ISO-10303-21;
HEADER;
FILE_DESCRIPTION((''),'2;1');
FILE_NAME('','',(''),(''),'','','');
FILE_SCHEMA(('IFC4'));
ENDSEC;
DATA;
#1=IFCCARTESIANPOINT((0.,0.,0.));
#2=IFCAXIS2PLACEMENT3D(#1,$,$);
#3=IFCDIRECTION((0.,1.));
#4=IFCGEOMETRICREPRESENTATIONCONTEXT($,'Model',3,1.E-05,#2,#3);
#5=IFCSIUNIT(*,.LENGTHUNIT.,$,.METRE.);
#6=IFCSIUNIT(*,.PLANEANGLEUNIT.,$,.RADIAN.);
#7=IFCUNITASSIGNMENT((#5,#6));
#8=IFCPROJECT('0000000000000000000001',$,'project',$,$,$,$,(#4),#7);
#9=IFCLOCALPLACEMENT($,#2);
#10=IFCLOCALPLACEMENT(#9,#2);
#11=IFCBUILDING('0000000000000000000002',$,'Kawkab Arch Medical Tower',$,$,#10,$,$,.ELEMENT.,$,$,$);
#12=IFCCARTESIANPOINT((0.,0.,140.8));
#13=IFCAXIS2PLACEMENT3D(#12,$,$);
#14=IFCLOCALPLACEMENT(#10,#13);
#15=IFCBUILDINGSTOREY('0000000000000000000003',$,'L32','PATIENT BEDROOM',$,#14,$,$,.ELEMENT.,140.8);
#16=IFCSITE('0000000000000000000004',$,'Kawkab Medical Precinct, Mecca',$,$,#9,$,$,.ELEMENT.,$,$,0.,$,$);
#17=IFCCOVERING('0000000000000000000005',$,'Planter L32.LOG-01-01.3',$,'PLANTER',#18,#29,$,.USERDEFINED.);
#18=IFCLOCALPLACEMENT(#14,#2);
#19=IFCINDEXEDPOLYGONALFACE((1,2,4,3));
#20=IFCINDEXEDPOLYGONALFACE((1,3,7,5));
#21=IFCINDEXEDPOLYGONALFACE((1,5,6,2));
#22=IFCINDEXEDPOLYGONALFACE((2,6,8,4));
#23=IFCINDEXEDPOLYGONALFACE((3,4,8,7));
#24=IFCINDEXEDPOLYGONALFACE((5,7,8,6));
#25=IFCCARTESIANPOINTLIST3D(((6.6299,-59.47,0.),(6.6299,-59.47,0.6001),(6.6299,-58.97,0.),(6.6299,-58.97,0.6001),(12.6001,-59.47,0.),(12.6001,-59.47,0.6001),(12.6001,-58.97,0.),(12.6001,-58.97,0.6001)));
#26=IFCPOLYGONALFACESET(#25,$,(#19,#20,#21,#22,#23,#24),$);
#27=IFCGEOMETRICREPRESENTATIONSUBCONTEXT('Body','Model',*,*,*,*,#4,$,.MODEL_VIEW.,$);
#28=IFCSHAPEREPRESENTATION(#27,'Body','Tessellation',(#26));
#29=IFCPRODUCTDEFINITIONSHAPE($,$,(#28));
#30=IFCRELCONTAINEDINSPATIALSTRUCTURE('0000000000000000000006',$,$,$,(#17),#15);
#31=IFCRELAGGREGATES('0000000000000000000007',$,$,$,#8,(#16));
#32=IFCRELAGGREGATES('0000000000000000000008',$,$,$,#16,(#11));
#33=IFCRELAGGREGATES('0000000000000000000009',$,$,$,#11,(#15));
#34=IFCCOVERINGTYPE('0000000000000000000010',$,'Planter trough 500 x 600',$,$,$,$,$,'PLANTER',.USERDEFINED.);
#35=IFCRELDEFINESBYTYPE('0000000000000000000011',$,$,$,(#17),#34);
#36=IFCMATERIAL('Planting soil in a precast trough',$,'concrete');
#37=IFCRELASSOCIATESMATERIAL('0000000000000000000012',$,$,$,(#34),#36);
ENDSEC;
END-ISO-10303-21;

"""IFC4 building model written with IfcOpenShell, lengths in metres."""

from ifc_helpers import new_model, si_unit, direction, frame, origin, origin_2d, place, context, subcontext, project, spatial, rectangle, extrude, material, material_profile, profile_set, type_object, element, save


model = new_model("IFC4")

# Units and contexts
model_context = context("Model", 3, precision=1e-05, world=origin(), true_north=direction((0.0, 1.0)))
body_context = subcontext(model_context, "Body", "Model", "MODEL_VIEW")
ifc_project = project(units=[si_unit("LENGTHUNIT", "METRE"), si_unit("PLANEANGLEUNIT", "RADIAN")], contexts=[model_context])

# Site, building, storey
site_placement = place(None, origin())
site = spatial("IfcSite", under=ifc_project, at=site_placement, Name="Kawkab Medical Precinct, Mecca", CompositionType="ELEMENT", RefElevation=0.0)
building_placement = place(site_placement, origin())
building = spatial("IfcBuilding", under=site, at=building_placement, Name="Kawkab Arch Medical Tower", CompositionType="ELEMENT")
storey_placement = place(building_placement, frame((0.0, 0.0, 140.8)))
storey = spatial("IfcBuildingStorey", under=building, at=storey_placement, Name="L32", Description="PATIENT BEDROOM", CompositionType="ELEMENT", Elevation=140.8)

# Covering
ifc_material_1 = material(Name="Planting soil in a precast trough", Category="concrete")
ifc_material_profile_1 = material_profile(ifc_material_1, rectangle(XDim=0.5, YDim=0.6001, at=origin_2d()), Name="Trough 500x600")
ifc_profile_set_1 = profile_set([ifc_material_profile_1], Name="Planting soil in a precast trough")
covering_type_1 = type_object("IfcCoveringType", Name="Planter trough 500 x 600", ElementType="PLANTER", PredefinedType="USERDEFINED", material=ifc_profile_set_1)
covering_1_placement = place(storey_placement, frame((12.6001, -59.22, 0.3), z_axis=(-1.0, 0.0, 0.0), x_axis=(0.0, -1.0, 0.0)))
element("IfcCovering", 1, at=covering_1_placement, inside=storey, type_object=covering_type_1, Name="Planter L32.LOG-01-01.3", ObjectType="PLANTER", PredefinedType="USERDEFINED", context=body_context, shape_type="SweptSolid", body=[
    extrude(rectangle(XDim=0.5, YDim=0.6001, at=origin_2d()), origin(), (0.0, 0.0, 1.0), 5.9702),
])

save(model, "model.ifc")
